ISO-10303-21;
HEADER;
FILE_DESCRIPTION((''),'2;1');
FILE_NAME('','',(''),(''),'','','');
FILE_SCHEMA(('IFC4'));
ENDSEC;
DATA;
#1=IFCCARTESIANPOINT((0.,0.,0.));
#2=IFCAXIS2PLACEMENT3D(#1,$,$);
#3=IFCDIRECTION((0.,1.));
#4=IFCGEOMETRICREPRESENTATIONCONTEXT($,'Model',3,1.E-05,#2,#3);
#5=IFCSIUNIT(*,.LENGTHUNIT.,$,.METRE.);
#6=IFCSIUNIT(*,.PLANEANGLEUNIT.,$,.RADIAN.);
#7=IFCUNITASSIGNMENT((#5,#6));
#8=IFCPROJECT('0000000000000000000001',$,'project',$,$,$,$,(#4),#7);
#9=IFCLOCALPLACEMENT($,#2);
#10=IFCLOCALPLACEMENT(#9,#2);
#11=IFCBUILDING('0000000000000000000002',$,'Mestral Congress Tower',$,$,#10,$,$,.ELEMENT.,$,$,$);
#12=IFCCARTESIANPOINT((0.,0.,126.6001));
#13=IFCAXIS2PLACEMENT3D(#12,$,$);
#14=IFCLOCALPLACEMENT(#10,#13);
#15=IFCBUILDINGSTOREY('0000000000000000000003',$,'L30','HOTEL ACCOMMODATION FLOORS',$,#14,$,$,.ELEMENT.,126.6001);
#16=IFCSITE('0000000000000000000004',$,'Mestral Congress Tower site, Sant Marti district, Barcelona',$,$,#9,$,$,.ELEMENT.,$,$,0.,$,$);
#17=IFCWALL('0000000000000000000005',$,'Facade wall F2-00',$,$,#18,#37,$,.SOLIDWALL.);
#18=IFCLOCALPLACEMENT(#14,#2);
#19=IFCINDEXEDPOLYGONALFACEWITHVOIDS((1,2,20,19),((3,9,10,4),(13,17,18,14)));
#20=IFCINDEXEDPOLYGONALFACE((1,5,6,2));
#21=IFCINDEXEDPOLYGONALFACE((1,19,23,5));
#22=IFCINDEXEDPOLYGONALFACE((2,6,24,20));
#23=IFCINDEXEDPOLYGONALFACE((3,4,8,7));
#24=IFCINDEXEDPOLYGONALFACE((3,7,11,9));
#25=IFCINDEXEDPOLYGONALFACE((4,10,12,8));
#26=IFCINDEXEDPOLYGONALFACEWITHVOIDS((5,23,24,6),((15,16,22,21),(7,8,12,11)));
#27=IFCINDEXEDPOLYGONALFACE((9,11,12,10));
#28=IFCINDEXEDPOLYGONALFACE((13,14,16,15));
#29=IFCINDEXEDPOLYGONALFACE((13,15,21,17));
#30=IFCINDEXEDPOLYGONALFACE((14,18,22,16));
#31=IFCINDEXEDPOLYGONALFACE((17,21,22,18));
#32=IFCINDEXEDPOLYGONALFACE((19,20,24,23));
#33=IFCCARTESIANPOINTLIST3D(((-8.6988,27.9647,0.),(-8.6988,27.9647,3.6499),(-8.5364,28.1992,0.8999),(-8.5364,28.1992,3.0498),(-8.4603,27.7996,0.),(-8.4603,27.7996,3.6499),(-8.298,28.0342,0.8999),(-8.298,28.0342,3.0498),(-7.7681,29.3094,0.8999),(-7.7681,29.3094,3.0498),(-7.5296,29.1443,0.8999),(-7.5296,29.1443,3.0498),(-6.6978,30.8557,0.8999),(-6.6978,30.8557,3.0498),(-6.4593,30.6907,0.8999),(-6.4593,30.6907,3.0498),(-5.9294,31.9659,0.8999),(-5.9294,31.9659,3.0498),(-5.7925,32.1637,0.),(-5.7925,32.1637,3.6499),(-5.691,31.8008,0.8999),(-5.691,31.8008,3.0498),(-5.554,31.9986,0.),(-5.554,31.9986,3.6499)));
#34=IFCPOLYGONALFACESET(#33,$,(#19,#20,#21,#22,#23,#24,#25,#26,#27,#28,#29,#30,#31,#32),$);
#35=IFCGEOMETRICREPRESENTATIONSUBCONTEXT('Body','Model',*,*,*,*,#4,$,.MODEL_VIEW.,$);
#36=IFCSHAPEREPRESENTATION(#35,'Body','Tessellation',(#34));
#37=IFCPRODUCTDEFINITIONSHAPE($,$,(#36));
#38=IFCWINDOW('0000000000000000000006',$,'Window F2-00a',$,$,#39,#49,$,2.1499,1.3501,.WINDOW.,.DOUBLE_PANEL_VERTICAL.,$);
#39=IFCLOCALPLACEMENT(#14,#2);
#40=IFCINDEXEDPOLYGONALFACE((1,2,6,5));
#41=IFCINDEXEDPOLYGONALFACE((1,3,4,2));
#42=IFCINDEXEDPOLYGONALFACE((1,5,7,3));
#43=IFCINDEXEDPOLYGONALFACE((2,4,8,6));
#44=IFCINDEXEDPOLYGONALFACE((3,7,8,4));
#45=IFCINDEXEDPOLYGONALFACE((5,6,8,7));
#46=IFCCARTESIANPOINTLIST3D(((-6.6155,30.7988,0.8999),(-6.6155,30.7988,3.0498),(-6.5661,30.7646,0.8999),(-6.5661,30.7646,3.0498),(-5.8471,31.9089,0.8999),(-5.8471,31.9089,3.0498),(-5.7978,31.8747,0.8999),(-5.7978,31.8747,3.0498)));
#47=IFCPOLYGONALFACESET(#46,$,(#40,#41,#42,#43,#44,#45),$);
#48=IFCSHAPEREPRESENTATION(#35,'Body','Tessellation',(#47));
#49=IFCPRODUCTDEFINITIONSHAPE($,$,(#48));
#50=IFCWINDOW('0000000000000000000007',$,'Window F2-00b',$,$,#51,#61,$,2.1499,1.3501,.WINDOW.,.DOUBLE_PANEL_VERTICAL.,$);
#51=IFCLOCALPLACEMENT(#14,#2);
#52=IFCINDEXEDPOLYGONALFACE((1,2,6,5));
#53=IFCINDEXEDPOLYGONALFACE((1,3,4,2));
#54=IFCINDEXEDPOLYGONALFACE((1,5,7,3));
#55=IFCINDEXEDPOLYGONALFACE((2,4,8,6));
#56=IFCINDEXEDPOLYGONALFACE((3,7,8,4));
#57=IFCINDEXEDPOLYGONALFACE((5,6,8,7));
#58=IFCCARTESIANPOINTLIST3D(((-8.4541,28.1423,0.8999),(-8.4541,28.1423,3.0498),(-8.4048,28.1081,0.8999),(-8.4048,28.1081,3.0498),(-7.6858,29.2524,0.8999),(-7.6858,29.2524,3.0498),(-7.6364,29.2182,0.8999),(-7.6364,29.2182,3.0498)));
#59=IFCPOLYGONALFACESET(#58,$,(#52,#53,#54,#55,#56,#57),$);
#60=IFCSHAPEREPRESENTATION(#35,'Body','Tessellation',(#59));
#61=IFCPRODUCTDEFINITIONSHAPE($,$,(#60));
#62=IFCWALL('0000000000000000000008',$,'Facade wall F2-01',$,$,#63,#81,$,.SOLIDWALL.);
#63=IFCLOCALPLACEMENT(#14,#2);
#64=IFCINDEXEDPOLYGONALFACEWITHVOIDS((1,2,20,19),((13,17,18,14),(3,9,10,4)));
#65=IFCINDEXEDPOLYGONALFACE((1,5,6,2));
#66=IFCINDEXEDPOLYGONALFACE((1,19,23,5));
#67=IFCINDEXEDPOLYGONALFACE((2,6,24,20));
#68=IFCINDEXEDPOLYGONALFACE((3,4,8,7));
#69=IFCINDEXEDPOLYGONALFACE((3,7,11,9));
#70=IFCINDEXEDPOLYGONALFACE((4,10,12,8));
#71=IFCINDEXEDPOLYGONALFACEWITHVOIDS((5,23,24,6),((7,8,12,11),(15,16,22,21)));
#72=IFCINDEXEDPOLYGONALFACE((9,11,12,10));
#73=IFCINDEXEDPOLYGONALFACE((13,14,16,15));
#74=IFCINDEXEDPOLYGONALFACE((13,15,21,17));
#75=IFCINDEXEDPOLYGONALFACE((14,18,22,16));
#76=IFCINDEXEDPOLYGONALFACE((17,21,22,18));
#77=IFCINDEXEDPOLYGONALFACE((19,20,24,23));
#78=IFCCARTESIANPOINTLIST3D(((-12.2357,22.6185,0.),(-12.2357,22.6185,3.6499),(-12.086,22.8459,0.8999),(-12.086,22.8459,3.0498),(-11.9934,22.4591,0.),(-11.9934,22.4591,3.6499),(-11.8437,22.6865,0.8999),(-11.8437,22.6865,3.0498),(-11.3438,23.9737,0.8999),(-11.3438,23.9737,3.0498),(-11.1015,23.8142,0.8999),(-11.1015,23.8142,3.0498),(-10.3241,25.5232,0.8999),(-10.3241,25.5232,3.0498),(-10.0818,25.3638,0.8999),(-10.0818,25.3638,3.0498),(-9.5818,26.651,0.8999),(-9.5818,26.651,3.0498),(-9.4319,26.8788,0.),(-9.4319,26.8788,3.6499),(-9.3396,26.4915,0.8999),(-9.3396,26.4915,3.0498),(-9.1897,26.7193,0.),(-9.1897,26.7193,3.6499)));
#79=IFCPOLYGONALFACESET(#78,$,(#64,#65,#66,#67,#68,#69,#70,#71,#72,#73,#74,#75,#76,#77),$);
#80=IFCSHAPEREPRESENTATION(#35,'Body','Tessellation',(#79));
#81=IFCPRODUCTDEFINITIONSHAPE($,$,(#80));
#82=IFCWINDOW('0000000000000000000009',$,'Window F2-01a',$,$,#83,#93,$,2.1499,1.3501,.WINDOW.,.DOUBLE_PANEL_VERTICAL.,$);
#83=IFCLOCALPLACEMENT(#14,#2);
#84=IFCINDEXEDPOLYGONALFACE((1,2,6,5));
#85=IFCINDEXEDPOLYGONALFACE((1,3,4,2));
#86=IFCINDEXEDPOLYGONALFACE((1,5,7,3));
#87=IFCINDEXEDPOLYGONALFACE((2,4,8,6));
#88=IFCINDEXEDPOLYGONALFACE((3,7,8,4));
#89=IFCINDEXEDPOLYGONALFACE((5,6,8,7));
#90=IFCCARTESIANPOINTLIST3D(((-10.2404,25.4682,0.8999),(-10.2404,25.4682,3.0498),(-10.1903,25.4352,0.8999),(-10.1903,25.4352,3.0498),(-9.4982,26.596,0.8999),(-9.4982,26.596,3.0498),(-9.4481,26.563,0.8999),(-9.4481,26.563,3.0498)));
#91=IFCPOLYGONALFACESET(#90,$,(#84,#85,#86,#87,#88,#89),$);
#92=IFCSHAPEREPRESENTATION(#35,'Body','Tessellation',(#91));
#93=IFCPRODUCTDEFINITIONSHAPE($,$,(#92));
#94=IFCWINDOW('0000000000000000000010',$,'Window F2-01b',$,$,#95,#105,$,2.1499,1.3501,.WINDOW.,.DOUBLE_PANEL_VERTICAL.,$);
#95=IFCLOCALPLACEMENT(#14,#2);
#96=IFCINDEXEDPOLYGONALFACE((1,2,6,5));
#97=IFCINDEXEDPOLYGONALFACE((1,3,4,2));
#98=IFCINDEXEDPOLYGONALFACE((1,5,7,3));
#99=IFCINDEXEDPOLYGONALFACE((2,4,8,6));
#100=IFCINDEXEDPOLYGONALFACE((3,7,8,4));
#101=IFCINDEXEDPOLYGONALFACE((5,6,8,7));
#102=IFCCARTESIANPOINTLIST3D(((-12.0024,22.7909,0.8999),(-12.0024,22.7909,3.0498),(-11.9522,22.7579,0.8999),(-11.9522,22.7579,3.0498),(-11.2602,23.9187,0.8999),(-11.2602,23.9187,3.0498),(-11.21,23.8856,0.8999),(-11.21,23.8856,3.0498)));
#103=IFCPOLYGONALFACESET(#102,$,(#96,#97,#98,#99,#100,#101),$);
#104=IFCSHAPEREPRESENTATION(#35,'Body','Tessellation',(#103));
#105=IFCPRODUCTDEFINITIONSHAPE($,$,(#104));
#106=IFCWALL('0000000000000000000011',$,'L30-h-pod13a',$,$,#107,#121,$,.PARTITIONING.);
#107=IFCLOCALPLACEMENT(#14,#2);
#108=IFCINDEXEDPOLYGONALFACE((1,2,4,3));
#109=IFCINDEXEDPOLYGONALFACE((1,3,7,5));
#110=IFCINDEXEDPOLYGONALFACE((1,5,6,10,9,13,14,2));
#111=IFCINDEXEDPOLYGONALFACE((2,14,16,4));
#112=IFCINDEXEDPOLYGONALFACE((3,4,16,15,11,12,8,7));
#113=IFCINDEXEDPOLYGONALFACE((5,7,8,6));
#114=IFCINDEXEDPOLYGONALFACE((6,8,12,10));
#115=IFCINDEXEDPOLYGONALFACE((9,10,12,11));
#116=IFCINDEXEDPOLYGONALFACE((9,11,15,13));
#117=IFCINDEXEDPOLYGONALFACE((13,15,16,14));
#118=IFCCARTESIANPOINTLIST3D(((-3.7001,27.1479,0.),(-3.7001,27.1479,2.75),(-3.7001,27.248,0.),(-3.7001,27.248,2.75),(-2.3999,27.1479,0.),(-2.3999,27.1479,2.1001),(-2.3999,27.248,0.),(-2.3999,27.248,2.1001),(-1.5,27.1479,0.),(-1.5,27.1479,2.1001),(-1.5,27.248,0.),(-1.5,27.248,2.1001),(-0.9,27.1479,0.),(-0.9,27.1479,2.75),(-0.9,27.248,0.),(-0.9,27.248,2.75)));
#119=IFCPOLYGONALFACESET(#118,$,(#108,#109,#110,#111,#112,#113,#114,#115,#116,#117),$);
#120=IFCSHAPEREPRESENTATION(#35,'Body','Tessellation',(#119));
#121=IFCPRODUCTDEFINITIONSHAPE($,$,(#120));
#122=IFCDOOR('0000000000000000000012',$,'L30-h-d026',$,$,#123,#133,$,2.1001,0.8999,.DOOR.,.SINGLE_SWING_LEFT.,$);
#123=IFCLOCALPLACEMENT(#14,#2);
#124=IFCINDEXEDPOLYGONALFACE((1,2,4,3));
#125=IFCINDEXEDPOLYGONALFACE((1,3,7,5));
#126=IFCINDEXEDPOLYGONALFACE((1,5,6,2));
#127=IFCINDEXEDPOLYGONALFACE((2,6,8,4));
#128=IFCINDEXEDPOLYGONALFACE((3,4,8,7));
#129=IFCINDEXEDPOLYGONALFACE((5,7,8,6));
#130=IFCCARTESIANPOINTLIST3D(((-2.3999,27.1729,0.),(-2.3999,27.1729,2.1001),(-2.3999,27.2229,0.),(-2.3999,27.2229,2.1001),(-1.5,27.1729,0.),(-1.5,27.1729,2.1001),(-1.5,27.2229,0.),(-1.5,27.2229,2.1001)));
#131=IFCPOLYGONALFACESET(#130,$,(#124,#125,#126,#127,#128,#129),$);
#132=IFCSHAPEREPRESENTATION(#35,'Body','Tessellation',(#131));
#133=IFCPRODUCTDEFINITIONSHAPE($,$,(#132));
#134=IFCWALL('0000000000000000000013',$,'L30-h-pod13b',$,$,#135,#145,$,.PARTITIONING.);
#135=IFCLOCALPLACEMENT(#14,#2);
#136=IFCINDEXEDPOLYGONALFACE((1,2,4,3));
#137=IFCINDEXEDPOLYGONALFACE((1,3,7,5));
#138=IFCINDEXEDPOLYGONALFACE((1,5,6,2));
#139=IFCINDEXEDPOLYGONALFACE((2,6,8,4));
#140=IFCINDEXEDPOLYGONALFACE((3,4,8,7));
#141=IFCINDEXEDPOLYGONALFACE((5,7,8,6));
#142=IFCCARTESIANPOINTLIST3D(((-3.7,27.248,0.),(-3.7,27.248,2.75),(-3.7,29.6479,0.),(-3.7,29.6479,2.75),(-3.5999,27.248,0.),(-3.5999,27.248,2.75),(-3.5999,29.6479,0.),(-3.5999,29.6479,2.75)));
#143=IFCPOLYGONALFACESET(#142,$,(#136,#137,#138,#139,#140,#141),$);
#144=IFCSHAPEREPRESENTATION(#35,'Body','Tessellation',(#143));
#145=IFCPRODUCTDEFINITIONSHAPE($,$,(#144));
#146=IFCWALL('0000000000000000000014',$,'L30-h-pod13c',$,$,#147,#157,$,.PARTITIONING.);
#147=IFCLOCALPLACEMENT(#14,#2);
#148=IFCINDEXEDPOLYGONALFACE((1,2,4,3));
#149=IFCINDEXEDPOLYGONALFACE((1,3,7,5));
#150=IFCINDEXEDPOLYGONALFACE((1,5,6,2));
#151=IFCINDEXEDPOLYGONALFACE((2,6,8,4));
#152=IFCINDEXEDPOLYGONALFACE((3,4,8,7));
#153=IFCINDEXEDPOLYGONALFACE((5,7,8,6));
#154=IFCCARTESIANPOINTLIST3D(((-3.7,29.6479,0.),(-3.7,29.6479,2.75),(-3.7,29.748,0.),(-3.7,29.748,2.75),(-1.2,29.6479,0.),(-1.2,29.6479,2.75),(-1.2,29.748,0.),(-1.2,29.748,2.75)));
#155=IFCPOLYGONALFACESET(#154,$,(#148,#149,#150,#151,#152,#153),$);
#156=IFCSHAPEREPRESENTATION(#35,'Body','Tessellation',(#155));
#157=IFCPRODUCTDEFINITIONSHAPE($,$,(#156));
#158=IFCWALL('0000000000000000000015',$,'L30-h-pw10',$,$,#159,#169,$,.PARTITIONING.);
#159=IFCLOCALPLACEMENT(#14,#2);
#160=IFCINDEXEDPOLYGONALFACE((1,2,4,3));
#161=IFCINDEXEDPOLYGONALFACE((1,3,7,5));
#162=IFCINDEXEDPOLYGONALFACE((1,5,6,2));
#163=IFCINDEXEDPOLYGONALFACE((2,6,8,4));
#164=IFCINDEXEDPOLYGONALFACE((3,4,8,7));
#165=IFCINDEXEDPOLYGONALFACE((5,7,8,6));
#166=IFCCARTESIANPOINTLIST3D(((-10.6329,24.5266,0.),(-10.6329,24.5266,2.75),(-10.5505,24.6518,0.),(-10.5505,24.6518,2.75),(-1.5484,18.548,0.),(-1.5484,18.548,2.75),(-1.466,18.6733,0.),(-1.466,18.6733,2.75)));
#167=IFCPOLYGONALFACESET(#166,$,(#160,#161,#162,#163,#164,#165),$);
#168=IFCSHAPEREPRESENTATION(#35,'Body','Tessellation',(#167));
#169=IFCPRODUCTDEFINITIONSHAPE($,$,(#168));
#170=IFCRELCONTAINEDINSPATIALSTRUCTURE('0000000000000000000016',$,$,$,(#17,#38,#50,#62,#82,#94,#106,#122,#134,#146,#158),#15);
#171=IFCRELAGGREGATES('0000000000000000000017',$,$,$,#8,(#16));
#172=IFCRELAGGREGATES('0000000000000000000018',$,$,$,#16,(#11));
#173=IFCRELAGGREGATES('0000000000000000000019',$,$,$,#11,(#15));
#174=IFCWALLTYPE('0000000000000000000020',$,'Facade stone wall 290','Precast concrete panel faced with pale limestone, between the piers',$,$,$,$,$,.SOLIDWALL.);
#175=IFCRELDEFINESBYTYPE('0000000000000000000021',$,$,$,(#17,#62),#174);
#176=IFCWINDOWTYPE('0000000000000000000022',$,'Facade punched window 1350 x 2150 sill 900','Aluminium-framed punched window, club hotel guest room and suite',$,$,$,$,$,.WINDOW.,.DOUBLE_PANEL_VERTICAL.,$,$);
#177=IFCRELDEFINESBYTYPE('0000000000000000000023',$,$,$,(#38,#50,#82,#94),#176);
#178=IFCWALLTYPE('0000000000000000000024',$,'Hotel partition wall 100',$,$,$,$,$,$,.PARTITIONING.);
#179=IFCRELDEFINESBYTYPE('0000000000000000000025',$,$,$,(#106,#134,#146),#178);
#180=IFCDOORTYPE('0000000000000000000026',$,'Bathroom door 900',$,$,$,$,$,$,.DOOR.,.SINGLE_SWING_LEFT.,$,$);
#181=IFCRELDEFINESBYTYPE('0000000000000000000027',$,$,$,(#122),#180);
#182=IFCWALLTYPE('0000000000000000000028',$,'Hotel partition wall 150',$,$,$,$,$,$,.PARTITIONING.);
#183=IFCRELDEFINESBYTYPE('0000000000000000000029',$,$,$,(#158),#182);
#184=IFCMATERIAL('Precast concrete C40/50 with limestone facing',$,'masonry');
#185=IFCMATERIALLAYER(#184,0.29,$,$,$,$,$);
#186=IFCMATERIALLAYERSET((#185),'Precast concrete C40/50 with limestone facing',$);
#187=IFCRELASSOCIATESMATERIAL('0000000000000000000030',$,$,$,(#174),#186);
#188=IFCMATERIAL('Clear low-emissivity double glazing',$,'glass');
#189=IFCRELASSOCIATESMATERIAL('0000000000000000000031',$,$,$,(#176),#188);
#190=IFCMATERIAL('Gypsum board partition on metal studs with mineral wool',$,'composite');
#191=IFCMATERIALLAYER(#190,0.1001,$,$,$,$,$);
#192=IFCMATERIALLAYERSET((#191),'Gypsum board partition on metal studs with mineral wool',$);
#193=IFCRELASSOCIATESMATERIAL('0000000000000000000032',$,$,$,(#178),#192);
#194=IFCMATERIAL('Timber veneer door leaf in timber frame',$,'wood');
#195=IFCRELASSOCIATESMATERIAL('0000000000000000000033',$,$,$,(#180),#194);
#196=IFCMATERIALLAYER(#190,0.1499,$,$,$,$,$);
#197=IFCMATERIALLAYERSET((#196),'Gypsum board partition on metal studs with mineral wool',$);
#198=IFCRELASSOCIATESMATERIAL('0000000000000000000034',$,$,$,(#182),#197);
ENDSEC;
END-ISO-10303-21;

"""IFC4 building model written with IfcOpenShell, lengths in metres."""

from ifc_helpers import new_model, si_unit, direction, frame, frame_2d, origin, place, context, subcontext, project, spatial, rectangle, extrude, material, layer, layer_set, type_object, element, fill, save


model = new_model("IFC4")

# Units and contexts
model_context = context("Model", 3, precision=1e-05, world=origin(), true_north=direction((0.0, 1.0)))
body_context = subcontext(model_context, "Body", "Model", "MODEL_VIEW")
ifc_project = project(units=[si_unit("LENGTHUNIT", "METRE"), si_unit("PLANEANGLEUNIT", "RADIAN")], contexts=[model_context])

# Site, building, storey
site_placement = place(None, origin())
site = spatial("IfcSite", under=ifc_project, at=site_placement, Name="Mestral Congress Tower site, Sant Marti district, Barcelona", CompositionType="ELEMENT", RefElevation=0.0)
building_placement = place(site_placement, origin())
building = spatial("IfcBuilding", under=site, at=building_placement, Name="Mestral Congress Tower", CompositionType="ELEMENT")
storey_placement = place(building_placement, frame((0.0, 0.0, 126.6001)))
storey = spatial("IfcBuildingStorey", under=building, at=storey_placement, Name="L30", Description="HOTEL ACCOMMODATION FLOORS", CompositionType="ELEMENT", Elevation=126.6001)

# Shared definitions
ifc_material_1 = material(Name="Precast concrete C40/50 with limestone facing", Category="masonry")
ifc_layer_1 = layer(ifc_material_1, 0.29)
ifc_layer_set_1 = layer_set([ifc_layer_1], Name="Precast concrete C40/50 with limestone facing")
wall_type_1 = type_object("IfcWallType", Name="Facade stone wall 290", Description="Precast concrete panel faced with pale limestone, between the piers", PredefinedType="SOLIDWALL", material=ifc_layer_set_1)

# Shared definitions
ifc_material_2 = material(Name="Clear low-emissivity double glazing", Category="glass")

# Walls, openings, windows
wall_1_placement = place(storey_placement, frame((-5.6733, 32.0811, 0.0), z_axis=(0.0, 0.0, 1.0), x_axis=(-0.569113, -0.822259, 0.0)))
wall_1 = element("IfcWall", 1, at=wall_1_placement, inside=storey, type_object=wall_type_1, Name="Facade wall F2-00", PredefinedType="SOLIDWALL", context=body_context, shape_type="SweptSolid", body=[
    extrude(rectangle(XDim=5.1067, YDim=0.29, at=frame_2d((2.5532, 0.0))), origin(), (0.0, 0.0, 1.0), 3.6499),
])
opening_1_placement = place(wall_1_placement, frame((0.2405, 0.0, 0.8999)))
opening_1 = element("IfcOpeningElement", 2, at=opening_1_placement, cuts=wall_1, PredefinedType="OPENING", context=body_context, shape_type="SweptSolid", body=[
    extrude(rectangle(XDim=1.3501, YDim=2.1499, at=frame_2d((0.675, 1.075))), frame((0.0, 0.155, 0.0), z_axis=(0.0, -1.0, 0.0), x_axis=(1.0, 0.0, 0.0)), (0.0, 0.0, 1.0), 0.3101),
])
opening_2_placement = place(wall_1_placement, frame((3.4712, 0.0, 0.8999)))
opening_2 = element("IfcOpeningElement", 3, at=opening_2_placement, cuts=wall_1, PredefinedType="OPENING", context=body_context, shape_type="SweptSolid", body=[
    extrude(rectangle(XDim=1.3501, YDim=2.1499, at=frame_2d((0.675, 1.075))), frame((0.0, 0.155, 0.0), z_axis=(0.0, -1.0, 0.0), x_axis=(1.0, 0.0, 0.0)), (0.0, 0.0, 1.0), 0.3101),
])
window_type_1 = type_object("IfcWindowType", Name="Facade punched window 1350 x 2150 sill 900", Description="Aluminium-framed punched window, club hotel guest room and suite", PartitioningType="DOUBLE_PANEL_VERTICAL", PredefinedType="WINDOW", material=ifc_material_2)
window_1_placement = place(opening_1_placement, origin())
window_1 = element("IfcWindow", 4, at=window_1_placement, inside=storey, type_object=window_type_1, Name="Window F2-00a", OverallHeight=2.1499, OverallWidth=1.3501, PartitioningType="DOUBLE_PANEL_VERTICAL", PredefinedType="WINDOW", context=body_context, shape_type="SweptSolid", body=[
    extrude(rectangle(XDim=1.3501, YDim=2.1499, at=frame_2d((0.675, 1.075))), frame((0.0, 0.0151, 0.0), z_axis=(0.0, -1.0, 0.0), x_axis=(1.0, 0.0, 0.0)), (0.0, 0.0, 1.0), 0.0601),
])
fill(opening_1, window_1)
window_2_placement = place(opening_2_placement, origin())
window_2 = element("IfcWindow", 5, at=window_2_placement, inside=storey, type_object=window_type_1, Name="Window F2-00b", OverallHeight=2.1499, OverallWidth=1.3501, PartitioningType="DOUBLE_PANEL_VERTICAL", PredefinedType="WINDOW", context=body_context, shape_type="SweptSolid", body=[
    extrude(rectangle(XDim=1.3501, YDim=2.1499, at=frame_2d((0.675, 1.075))), frame((0.0, 0.0151, 0.0), z_axis=(0.0, -1.0, 0.0), x_axis=(1.0, 0.0, 0.0)), (0.0, 0.0, 1.0), 0.0601),
])
fill(opening_2, window_2)
wall_2_placement = place(storey_placement, frame((-9.3108, 26.7991, 0.0), z_axis=(0.0, 0.0, 1.0), x_axis=(-0.549741, -0.835335, 0.0)))
wall_2 = element("IfcWall", 6, at=wall_2_placement, inside=storey, type_object=wall_type_1, Name="Facade wall F2-01", PredefinedType="SOLIDWALL", context=body_context, shape_type="SweptSolid", body=[
    extrude(rectangle(XDim=5.1001, YDim=0.29, at=frame_2d((2.55, 0.0))), origin(), (0.0, 0.0, 1.0), 3.6499),
])
opening_3_placement = place(wall_2_placement, frame((0.2727, 0.0, 0.8999)))
opening_3 = element("IfcOpeningElement", 7, at=opening_3_placement, cuts=wall_2, PredefinedType="OPENING", context=body_context, shape_type="SweptSolid", body=[
    extrude(rectangle(XDim=1.3501, YDim=2.1499, at=frame_2d((0.675, 1.075))), frame((0.0, 0.155, 0.0), z_axis=(0.0, -1.0, 0.0), x_axis=(1.0, 0.0, 0.0)), (0.0, 0.0, 1.0), 0.3101),
])
opening_4_placement = place(wall_2_placement, frame((3.4778, 0.0, 0.8999)))
opening_4 = element("IfcOpeningElement", 8, at=opening_4_placement, cuts=wall_2, PredefinedType="OPENING", context=body_context, shape_type="SweptSolid", body=[
    extrude(rectangle(XDim=1.3501, YDim=2.1499, at=frame_2d((0.675, 1.075))), frame((0.0, 0.155, 0.0), z_axis=(0.0, -1.0, 0.0), x_axis=(1.0, 0.0, 0.0)), (0.0, 0.0, 1.0), 0.3101),
])
window_3_placement = place(opening_3_placement, origin())
window_3 = element("IfcWindow", 9, at=window_3_placement, inside=storey, type_object=window_type_1, Name="Window F2-01a", OverallHeight=2.1499, OverallWidth=1.3501, PartitioningType="DOUBLE_PANEL_VERTICAL", PredefinedType="WINDOW", context=body_context, shape_type="SweptSolid", body=[
    extrude(rectangle(XDim=1.3501, YDim=2.1499, at=frame_2d((0.675, 1.075))), frame((0.0, 0.0151, 0.0), z_axis=(0.0, -1.0, 0.0), x_axis=(1.0, 0.0, 0.0)), (0.0, 0.0, 1.0), 0.0601),
])
fill(opening_3, window_3)
window_4_placement = place(opening_4_placement, origin())
window_4 = element("IfcWindow", 10, at=window_4_placement, inside=storey, type_object=window_type_1, Name="Window F2-01b", OverallHeight=2.1499, OverallWidth=1.3501, PartitioningType="DOUBLE_PANEL_VERTICAL", PredefinedType="WINDOW", context=body_context, shape_type="SweptSolid", body=[
    extrude(rectangle(XDim=1.3501, YDim=2.1499, at=frame_2d((0.675, 1.075))), frame((0.0, 0.0151, 0.0), z_axis=(0.0, -1.0, 0.0), x_axis=(1.0, 0.0, 0.0)), (0.0, 0.0, 1.0), 0.0601),
])
fill(opening_4, window_4)

# Wall, opening, door
ifc_material_3 = material(Name="Gypsum board partition on metal studs with mineral wool", Category="composite")
ifc_layer_2 = layer(ifc_material_3, 0.1001)
ifc_layer_set_2 = layer_set([ifc_layer_2], Name="Gypsum board partition on metal studs with mineral wool")
wall_type_2 = type_object("IfcWallType", Name="Hotel partition wall 100", PredefinedType="PARTITIONING", material=ifc_layer_set_2)
wall_3_placement = place(storey_placement, frame((-3.7, 27.198, 0.0), z_axis=(0.0, 0.0, 1.0), x_axis=(1.0, 0.0, 0.0)))
wall_3 = element("IfcWall", 11, at=wall_3_placement, inside=storey, type_object=wall_type_2, Name="L30-h-pod13a", PredefinedType="PARTITIONING", context=body_context, shape_type="SweptSolid", body=[
    extrude(rectangle(XDim=2.8, YDim=0.1001, at=frame_2d((1.3999, 0.0))), origin(), (0.0, 0.0, 1.0), 2.75),
])
opening_5_placement = place(wall_3_placement, frame((1.3, 0.0, 0.0)))
opening_5 = element("IfcOpeningElement", 12, at=opening_5_placement, cuts=wall_3, PredefinedType="OPENING", context=body_context, shape_type="SweptSolid", body=[
    extrude(rectangle(XDim=0.8999, YDim=2.1001, at=frame_2d((0.45, 1.05))), frame((0.0, 0.0601, 0.0), z_axis=(0.0, -1.0, 0.0), x_axis=(1.0, 0.0, 0.0)), (0.0, 0.0, 1.0), 0.1201),
])
ifc_material_4 = material(Name="Timber veneer door leaf in timber frame", Category="wood")
door_type = type_object("IfcDoorType", Name="Bathroom door 900", OperationType="SINGLE_SWING_LEFT", PredefinedType="DOOR", material=ifc_material_4)
door_placement = place(opening_5_placement, origin())
door = element("IfcDoor", 13, at=door_placement, inside=storey, type_object=door_type, Name="L30-h-d026", OperationType="SINGLE_SWING_LEFT", OverallHeight=2.1001, OverallWidth=0.8999, PredefinedType="DOOR", context=body_context, shape_type="SweptSolid", body=[
    extrude(rectangle(XDim=0.8999, YDim=2.1001, at=frame_2d((0.45, 1.05))), frame((0.0, 0.0249, 0.0), z_axis=(0.0, -1.0, 0.0), x_axis=(1.0, 0.0, 0.0)), (0.0, 0.0, 1.0), 0.05),
])
fill(opening_5, door)

# Walls
wall_4_placement = place(storey_placement, frame((-3.6499, 27.248, 0.0), z_axis=(0.0, 0.0, 1.0), x_axis=(0.0, 1.0, 0.0)))
element("IfcWall", 14, at=wall_4_placement, inside=storey, type_object=wall_type_2, Name="L30-h-pod13b", PredefinedType="PARTITIONING", context=body_context, shape_type="SweptSolid", body=[
    extrude(rectangle(XDim=2.3999, YDim=0.1001, at=frame_2d((1.2, 0.0))), origin(), (0.0, 0.0, 1.0), 2.75),
])
wall_5_placement = place(storey_placement, frame((-1.2, 29.698, 0.0), z_axis=(0.0, 0.0, 1.0), x_axis=(-1.0, 0.0, 0.0)))
element("IfcWall", 15, at=wall_5_placement, inside=storey, type_object=wall_type_2, Name="L30-h-pod13c", PredefinedType="PARTITIONING", context=body_context, shape_type="SweptSolid", body=[
    extrude(rectangle(XDim=2.5, YDim=0.1001, at=frame_2d((1.25, 0.0))), origin(), (0.0, 0.0, 1.0), 2.75),
])
ifc_layer_3 = layer(ifc_material_3, 0.1499)
ifc_layer_set_3 = layer_set([ifc_layer_3], Name="Gypsum board partition on metal studs with mineral wool")
wall_type_3 = type_object("IfcWallType", Name="Hotel partition wall 150", PredefinedType="PARTITIONING", material=ifc_layer_set_3)
wall_6_placement = place(storey_placement, frame((-10.5916, 24.5891, 0.0), z_axis=(0.0, 0.0, 1.0), x_axis=(0.835337, -0.549738, 0.0)))
element("IfcWall", 16, at=wall_6_placement, inside=storey, type_object=wall_type_3, Name="L30-h-pw10", PredefinedType="PARTITIONING", context=body_context, shape_type="SweptSolid", body=[
    extrude(rectangle(XDim=10.8752, YDim=0.1499, at=frame_2d((5.4375, 0.0))), origin(), (0.0, 0.0, 1.0), 2.75),
])

save(model, "model.ifc")
